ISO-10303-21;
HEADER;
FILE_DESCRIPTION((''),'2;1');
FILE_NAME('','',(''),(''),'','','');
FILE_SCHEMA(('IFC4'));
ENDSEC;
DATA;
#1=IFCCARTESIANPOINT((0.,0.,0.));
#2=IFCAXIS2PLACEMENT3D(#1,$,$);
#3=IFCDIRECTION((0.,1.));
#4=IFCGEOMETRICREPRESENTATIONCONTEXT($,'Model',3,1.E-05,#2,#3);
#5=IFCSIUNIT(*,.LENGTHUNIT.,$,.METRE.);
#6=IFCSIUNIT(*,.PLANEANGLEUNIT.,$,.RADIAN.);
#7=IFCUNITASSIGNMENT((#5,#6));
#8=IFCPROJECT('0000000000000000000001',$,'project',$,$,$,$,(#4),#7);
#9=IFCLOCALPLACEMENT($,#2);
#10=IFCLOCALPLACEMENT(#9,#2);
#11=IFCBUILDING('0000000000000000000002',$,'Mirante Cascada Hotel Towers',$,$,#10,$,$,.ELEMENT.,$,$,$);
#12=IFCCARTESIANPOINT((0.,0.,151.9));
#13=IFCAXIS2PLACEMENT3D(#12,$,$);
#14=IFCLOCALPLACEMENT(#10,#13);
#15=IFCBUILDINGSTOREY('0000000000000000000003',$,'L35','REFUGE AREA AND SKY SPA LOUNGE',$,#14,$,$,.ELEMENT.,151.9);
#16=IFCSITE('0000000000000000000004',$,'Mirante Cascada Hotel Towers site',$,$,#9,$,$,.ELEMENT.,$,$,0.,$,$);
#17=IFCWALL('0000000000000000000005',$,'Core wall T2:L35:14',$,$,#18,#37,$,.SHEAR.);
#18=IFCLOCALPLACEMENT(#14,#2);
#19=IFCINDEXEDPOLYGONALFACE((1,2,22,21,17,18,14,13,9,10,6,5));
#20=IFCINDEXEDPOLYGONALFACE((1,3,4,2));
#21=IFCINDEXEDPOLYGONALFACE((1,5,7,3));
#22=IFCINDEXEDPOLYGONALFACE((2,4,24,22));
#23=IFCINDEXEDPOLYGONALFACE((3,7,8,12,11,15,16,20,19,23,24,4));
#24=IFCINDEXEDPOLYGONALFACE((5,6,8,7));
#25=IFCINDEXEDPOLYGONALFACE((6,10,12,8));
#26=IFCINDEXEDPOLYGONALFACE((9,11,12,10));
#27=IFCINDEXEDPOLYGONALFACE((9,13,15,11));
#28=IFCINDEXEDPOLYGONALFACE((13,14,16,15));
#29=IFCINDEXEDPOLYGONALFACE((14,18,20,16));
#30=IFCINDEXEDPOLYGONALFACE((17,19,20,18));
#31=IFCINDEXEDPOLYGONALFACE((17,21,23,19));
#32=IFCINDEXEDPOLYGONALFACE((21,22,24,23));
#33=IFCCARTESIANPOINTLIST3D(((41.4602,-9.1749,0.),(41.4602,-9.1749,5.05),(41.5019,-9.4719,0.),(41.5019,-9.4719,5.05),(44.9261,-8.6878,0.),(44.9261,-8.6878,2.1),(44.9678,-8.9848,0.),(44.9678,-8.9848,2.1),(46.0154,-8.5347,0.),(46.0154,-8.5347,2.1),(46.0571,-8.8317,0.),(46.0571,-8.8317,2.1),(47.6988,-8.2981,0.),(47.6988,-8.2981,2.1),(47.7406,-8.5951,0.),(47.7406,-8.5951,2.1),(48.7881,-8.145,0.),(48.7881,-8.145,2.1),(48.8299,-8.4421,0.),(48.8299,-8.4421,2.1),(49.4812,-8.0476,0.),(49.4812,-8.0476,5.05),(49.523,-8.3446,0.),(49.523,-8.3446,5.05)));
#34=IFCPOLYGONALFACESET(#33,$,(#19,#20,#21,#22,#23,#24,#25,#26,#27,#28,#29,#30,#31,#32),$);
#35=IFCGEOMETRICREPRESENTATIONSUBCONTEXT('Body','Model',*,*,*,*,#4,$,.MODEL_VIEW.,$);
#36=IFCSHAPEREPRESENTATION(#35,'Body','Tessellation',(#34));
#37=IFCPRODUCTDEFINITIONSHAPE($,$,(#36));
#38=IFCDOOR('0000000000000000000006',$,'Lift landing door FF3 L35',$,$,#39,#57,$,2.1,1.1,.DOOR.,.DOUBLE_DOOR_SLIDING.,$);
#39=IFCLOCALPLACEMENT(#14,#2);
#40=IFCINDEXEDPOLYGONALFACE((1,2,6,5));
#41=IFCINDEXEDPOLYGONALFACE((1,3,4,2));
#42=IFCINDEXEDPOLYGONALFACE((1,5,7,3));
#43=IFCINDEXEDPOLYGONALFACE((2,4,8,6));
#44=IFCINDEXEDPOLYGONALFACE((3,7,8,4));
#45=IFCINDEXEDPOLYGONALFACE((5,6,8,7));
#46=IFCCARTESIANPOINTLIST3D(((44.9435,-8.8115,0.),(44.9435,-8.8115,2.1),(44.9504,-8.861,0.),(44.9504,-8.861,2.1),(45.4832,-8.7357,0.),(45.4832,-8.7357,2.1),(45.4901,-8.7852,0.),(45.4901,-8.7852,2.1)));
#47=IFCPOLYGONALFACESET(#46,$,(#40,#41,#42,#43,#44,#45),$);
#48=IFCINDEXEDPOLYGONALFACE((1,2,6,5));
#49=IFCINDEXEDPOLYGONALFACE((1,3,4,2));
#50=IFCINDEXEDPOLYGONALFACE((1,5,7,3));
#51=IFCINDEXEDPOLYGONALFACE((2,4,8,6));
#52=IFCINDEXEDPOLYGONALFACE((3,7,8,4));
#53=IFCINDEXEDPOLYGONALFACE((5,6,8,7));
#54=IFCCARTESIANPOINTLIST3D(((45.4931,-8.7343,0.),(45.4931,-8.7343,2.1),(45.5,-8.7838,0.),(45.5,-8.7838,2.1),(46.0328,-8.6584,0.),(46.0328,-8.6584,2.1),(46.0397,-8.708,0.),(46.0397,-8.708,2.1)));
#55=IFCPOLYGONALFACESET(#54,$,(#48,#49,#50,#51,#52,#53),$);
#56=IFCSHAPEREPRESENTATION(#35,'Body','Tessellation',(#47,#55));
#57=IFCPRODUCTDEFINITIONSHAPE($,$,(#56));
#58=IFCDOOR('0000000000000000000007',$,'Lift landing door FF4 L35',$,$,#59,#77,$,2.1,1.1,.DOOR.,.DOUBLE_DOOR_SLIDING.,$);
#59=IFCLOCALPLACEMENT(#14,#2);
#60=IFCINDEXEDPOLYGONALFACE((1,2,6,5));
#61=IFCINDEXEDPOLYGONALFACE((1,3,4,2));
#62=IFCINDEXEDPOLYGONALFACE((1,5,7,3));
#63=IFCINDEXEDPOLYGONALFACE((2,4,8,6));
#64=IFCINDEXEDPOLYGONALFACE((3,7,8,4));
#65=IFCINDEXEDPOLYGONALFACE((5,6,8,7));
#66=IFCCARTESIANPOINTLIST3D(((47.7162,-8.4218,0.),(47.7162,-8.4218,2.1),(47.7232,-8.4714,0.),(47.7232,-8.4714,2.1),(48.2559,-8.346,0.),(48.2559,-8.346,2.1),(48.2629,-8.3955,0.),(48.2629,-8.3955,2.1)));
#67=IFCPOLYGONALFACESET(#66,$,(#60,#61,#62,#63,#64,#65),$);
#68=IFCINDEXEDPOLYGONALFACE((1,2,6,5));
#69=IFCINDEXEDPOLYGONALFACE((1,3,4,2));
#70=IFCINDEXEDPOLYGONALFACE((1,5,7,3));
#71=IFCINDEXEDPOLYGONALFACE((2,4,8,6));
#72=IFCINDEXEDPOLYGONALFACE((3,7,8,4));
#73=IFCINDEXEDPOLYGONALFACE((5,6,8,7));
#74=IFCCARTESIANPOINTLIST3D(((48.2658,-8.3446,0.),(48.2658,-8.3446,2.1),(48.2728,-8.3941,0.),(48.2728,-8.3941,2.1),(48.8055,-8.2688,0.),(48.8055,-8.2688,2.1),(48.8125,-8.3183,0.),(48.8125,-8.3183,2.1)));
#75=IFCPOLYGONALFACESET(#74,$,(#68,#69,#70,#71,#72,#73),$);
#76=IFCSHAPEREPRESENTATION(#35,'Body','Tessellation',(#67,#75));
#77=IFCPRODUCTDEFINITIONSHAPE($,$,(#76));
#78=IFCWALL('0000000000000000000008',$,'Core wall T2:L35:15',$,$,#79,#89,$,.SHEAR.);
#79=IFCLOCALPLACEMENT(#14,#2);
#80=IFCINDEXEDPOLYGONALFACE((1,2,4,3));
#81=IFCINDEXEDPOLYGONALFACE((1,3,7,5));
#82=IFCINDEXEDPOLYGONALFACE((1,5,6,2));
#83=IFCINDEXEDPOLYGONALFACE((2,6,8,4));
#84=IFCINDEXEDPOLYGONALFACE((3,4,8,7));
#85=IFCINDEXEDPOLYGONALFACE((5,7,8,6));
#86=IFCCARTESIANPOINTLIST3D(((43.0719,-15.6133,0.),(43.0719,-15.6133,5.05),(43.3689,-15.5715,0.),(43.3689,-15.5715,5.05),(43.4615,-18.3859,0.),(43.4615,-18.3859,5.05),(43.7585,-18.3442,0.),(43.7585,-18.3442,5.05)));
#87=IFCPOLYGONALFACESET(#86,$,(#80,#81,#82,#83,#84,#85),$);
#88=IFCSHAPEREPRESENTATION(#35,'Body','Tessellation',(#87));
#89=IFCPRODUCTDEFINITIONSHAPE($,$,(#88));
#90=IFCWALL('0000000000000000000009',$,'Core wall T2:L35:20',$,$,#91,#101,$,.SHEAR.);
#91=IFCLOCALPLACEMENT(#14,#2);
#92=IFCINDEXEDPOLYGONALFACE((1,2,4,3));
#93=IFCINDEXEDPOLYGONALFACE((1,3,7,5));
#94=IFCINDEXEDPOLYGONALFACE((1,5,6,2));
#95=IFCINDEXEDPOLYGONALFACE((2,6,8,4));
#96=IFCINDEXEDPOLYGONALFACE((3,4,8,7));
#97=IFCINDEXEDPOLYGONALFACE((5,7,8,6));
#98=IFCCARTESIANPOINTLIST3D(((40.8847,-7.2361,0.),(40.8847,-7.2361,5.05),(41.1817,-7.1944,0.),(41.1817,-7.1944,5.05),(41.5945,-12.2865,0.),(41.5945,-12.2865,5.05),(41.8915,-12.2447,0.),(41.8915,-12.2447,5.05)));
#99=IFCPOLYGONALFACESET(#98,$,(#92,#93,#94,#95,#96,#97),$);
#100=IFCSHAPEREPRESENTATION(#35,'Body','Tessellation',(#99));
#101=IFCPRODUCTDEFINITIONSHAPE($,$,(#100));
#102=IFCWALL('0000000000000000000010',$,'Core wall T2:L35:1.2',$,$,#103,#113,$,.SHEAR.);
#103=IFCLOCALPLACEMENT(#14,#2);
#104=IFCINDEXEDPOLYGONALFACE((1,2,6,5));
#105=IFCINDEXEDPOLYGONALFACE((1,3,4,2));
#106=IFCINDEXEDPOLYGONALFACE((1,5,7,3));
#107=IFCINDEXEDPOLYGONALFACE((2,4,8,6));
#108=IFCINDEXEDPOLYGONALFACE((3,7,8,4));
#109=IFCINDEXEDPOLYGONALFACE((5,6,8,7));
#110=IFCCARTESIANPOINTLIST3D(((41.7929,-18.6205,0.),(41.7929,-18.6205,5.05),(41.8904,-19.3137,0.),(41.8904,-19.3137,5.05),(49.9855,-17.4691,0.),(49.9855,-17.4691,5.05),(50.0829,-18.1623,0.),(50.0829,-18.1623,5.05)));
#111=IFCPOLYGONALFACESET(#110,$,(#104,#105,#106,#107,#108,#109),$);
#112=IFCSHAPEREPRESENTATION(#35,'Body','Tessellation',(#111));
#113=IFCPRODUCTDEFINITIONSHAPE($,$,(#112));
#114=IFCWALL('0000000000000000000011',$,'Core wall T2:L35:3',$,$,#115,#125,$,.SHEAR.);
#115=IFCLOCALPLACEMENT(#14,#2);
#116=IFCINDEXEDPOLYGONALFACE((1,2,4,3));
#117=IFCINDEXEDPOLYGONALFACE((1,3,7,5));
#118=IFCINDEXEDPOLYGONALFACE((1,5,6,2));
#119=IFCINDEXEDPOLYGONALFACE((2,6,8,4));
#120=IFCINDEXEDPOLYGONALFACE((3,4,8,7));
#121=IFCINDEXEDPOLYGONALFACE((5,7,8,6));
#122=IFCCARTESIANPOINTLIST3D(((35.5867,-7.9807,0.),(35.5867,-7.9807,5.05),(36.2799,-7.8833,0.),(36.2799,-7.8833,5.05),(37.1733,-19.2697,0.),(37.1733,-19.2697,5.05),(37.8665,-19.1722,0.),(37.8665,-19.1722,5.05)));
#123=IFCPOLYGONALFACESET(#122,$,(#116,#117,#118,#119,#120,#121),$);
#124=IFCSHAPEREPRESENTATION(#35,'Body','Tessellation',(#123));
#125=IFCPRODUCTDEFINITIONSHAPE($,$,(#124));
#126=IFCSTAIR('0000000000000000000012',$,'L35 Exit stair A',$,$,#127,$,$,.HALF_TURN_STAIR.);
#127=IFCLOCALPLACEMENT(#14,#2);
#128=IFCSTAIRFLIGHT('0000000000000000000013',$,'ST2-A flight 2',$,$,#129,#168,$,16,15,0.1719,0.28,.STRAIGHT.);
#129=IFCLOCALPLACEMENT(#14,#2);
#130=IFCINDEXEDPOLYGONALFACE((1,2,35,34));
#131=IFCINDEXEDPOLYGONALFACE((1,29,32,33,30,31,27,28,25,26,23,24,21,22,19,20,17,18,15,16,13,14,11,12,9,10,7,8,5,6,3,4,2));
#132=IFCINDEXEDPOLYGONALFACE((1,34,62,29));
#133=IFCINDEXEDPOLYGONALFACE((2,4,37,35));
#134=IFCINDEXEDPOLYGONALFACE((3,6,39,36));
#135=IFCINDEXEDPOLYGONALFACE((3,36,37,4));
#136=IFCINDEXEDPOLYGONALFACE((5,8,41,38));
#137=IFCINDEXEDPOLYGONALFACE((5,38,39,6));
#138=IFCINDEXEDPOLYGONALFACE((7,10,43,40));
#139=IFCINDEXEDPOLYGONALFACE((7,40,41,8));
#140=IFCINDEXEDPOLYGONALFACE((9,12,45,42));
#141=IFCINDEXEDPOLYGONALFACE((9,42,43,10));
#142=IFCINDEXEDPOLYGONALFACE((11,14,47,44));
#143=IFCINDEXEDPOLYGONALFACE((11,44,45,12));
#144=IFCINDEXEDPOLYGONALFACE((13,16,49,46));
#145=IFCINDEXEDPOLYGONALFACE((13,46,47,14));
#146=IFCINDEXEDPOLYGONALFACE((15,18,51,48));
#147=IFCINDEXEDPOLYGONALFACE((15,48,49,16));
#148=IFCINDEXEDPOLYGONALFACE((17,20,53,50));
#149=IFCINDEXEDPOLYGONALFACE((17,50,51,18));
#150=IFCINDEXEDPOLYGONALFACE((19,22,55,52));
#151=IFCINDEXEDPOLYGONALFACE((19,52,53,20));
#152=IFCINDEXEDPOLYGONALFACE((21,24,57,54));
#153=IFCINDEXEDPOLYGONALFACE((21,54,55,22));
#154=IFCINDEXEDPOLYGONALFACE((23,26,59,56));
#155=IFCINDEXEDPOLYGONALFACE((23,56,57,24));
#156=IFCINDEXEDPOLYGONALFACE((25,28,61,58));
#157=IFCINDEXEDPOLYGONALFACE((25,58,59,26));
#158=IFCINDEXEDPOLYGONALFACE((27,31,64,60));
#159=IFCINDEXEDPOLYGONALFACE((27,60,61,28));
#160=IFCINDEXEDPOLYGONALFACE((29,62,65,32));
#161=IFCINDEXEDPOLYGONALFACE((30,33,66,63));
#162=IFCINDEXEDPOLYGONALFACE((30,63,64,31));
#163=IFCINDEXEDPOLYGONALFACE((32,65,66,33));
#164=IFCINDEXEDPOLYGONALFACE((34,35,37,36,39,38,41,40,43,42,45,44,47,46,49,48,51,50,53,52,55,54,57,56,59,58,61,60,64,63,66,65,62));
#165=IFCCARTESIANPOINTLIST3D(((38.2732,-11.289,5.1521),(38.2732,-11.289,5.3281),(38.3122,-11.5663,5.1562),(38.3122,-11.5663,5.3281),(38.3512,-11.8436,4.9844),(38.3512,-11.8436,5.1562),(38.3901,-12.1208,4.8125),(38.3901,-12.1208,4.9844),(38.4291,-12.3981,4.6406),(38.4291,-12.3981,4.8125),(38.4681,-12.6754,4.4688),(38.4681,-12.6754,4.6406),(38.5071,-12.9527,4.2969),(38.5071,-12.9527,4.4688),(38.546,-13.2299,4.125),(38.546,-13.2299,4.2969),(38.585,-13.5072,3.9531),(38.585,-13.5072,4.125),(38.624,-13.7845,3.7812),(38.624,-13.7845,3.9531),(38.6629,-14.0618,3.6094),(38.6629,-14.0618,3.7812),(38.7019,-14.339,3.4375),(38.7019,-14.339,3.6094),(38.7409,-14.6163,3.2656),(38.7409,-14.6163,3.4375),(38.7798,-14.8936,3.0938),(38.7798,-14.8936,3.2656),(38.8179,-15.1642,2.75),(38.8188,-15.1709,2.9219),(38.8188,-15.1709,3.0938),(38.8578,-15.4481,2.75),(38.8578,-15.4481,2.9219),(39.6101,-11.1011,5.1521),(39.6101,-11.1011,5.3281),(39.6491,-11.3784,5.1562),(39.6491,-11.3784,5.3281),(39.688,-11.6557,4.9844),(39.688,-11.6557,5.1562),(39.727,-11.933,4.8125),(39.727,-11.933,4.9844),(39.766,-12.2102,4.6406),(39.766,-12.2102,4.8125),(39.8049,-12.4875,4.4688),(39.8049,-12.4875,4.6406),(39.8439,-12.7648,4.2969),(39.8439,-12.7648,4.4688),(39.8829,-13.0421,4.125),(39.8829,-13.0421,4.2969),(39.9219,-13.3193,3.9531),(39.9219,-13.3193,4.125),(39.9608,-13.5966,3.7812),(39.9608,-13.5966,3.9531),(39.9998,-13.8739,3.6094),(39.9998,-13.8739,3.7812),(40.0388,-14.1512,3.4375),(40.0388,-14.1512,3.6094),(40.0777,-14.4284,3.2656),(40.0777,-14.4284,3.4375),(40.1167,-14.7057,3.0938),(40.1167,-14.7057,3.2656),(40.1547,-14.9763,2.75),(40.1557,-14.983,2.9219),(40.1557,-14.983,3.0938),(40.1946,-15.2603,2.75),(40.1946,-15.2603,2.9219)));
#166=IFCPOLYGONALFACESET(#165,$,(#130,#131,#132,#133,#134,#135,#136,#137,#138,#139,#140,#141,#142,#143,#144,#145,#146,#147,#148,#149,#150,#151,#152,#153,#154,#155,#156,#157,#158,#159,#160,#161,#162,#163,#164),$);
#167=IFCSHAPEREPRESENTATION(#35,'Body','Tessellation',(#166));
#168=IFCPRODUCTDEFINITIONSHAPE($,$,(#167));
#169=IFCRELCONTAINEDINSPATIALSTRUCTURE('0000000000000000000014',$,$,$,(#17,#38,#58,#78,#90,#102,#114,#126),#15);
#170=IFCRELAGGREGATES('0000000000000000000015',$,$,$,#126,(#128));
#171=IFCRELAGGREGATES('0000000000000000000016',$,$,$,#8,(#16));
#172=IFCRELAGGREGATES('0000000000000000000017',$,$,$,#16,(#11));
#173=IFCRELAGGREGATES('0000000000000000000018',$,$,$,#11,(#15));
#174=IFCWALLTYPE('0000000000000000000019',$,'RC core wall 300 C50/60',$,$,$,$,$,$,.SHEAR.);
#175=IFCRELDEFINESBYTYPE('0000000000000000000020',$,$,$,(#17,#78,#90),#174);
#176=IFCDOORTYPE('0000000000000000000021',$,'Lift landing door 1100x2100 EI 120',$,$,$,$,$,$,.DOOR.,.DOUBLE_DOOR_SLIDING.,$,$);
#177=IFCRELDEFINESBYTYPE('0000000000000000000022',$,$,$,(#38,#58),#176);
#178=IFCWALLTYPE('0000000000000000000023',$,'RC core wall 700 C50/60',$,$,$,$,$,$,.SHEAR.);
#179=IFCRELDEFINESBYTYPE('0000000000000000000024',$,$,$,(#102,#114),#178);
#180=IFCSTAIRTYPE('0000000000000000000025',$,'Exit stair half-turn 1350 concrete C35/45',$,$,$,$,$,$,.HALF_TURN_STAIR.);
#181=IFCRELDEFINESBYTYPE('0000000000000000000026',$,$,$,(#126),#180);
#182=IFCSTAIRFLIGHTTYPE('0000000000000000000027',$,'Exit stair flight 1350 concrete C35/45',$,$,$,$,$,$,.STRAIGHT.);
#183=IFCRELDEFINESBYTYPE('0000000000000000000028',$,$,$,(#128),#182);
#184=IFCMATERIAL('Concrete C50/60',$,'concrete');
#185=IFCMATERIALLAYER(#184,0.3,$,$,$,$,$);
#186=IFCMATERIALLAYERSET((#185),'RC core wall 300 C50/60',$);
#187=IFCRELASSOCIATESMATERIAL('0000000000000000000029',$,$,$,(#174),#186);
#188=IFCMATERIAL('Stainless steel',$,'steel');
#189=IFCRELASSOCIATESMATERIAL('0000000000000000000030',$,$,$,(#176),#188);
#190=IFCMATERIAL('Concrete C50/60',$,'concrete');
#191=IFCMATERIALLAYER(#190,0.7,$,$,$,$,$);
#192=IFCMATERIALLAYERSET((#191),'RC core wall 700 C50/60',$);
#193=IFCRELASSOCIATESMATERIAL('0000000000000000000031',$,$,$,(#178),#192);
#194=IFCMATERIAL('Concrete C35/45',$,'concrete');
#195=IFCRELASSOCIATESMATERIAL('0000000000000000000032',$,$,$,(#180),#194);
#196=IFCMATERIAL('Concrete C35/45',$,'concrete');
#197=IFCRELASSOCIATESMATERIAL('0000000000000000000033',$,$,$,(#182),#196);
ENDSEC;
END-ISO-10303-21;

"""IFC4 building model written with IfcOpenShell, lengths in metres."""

from ifc_helpers import new_model, si_unit, direction, frame, frame_2d, origin, place, context, subcontext, project, spatial, polyline, rectangle, outline, extrude, material, layer, layer_set, type_object, element, fill, aggregate, save


model = new_model("IFC4")

# Units and contexts
model_context = context("Model", 3, precision=1e-05, world=origin(), true_north=direction((0.0, 1.0)))
body_context = subcontext(model_context, "Body", "Model", "MODEL_VIEW")
ifc_project = project(units=[si_unit("LENGTHUNIT", "METRE"), si_unit("PLANEANGLEUNIT", "RADIAN")], contexts=[model_context])

# Site, building, storey
site_placement = place(None, origin())
site = spatial("IfcSite", under=ifc_project, at=site_placement, Name="Mirante Cascada Hotel Towers site", CompositionType="ELEMENT", RefElevation=0.0)
building_placement = place(site_placement, origin())
building = spatial("IfcBuilding", under=site, at=building_placement, Name="Mirante Cascada Hotel Towers", CompositionType="ELEMENT")
storey_placement = place(building_placement, frame((0.0, 0.0, 151.9)))
storey = spatial("IfcBuildingStorey", under=building, at=storey_placement, Name="L35", Description="REFUGE AREA AND SKY SPA LOUNGE", CompositionType="ELEMENT", Elevation=151.9)

# Shared definitions
ifc_material_1 = material(Name="Concrete C50/60", Category="concrete")
ifc_layer_1 = layer(ifc_material_1, 0.3)
ifc_layer_set_1 = layer_set([ifc_layer_1], Name="RC core wall 300 C50/60")
wall_type_1 = type_object("IfcWallType", Name="RC core wall 300 C50/60", PredefinedType="SHEAR", material=ifc_layer_set_1)

# Shared definitions
ifc_material_2 = material(Name="Stainless steel", Category="steel")
door_type_1 = type_object("IfcDoorType", Name="Lift landing door 1100x2100 EI 120", OperationType="DOUBLE_DOOR_SLIDING", PredefinedType="DOOR", material=ifc_material_2)

# Wall, openings, doors
wall_1_placement = place(storey_placement, frame((41.481, -9.3234, 0.0), z_axis=(0.0, 0.0, 1.0), x_axis=(0.990268, 0.139174, 0.0)))
wall_1 = element("IfcWall", 1, at=wall_1_placement, inside=storey, type_object=wall_type_1, Name="Core wall T2:L35:14", PredefinedType="SHEAR", context=body_context, shape_type="SweptSolid", body=[
    extrude(rectangle(XDim=8.0999, YDim=0.3, at=frame_2d((4.05, 0.0))), origin(), (0.0, 0.0, 1.0), 5.05),
])
opening_1_placement = place(wall_1_placement, frame((3.5, 0.0, 0.0)))
opening_1 = element("IfcOpeningElement", 2, at=opening_1_placement, cuts=wall_1, PredefinedType="OPENING", context=body_context, shape_type="SweptSolid", body=[
    extrude(rectangle(XDim=1.1, YDim=2.1, at=frame_2d((0.55, 1.05))), frame((0.0, 0.15, 0.0), z_axis=(0.0, -1.0, 0.0), x_axis=(1.0, 0.0, 0.0)), (0.0, 0.0, 1.0), 0.3),
])
opening_2_placement = place(wall_1_placement, frame((6.3, 0.0, 0.0)))
opening_2 = element("IfcOpeningElement", 3, at=opening_2_placement, cuts=wall_1, PredefinedType="OPENING", context=body_context, shape_type="SweptSolid", body=[
    extrude(rectangle(XDim=1.1, YDim=2.1, at=frame_2d((0.55, 1.05))), frame((0.0, 0.15, 0.0), z_axis=(0.0, -1.0, 0.0), x_axis=(1.0, 0.0, 0.0)), (0.0, 0.0, 1.0), 0.3),
])
door_1_placement = place(opening_1_placement, origin())
door_1 = element("IfcDoor", 4, at=door_1_placement, inside=storey, type_object=door_type_1, Name="Lift landing door FF3 L35", OperationType="DOUBLE_DOOR_SLIDING", OverallHeight=2.1, OverallWidth=1.1, PredefinedType="DOOR", context=body_context, shape_type="SweptSolid", body=[
    extrude(rectangle(XDim=0.545, YDim=2.1, at=frame_2d((0.2725, 1.05))), frame((0.0, 0.025, 0.0), z_axis=(0.0, -1.0, 0.0), x_axis=(1.0, 0.0, 0.0)), (0.0, 0.0, 1.0), 0.05),
    extrude(rectangle(XDim=0.545, YDim=2.1, at=frame_2d((0.8275, 1.05))), frame((0.0, 0.025, 0.0), z_axis=(0.0, -1.0, 0.0), x_axis=(1.0, 0.0, 0.0)), (0.0, 0.0, 1.0), 0.05),
])
fill(opening_1, door_1)
door_2_placement = place(opening_2_placement, origin())
door_2 = element("IfcDoor", 5, at=door_2_placement, inside=storey, type_object=door_type_1, Name="Lift landing door FF4 L35", OperationType="DOUBLE_DOOR_SLIDING", OverallHeight=2.1, OverallWidth=1.1, PredefinedType="DOOR", context=body_context, shape_type="SweptSolid", body=[
    extrude(rectangle(XDim=0.545, YDim=2.1, at=frame_2d((0.2725, 1.05))), frame((0.0, 0.025, 0.0), z_axis=(0.0, -1.0, 0.0), x_axis=(1.0, 0.0, 0.0)), (0.0, 0.0, 1.0), 0.05),
    extrude(rectangle(XDim=0.545, YDim=2.1, at=frame_2d((0.8275, 1.05))), frame((0.0, 0.025, 0.0), z_axis=(0.0, -1.0, 0.0), x_axis=(1.0, 0.0, 0.0)), (0.0, 0.0, 1.0), 0.05),
])
fill(opening_2, door_2)

# Walls
wall_2_placement = place(storey_placement, frame((43.61, -18.3651, 0.0), z_axis=(0.0, 0.0, 1.0), x_axis=(-0.139146, 0.990272, 0.0)))
element("IfcWall", 6, at=wall_2_placement, inside=storey, type_object=wall_type_1, Name="Core wall T2:L35:15", PredefinedType="SHEAR", context=body_context, shape_type="SweptSolid", body=[
    extrude(rectangle(XDim=2.7999, YDim=0.3, at=frame_2d((1.4, 0.0))), origin(), (0.0, 0.0, 1.0), 5.05),
])
wall_3_placement = place(storey_placement, frame((41.743, -12.2656, 0.0), z_axis=(0.0, 0.0, 1.0), x_axis=(-0.139176, 0.990268, 0.0)))
element("IfcWall", 7, at=wall_3_placement, inside=storey, type_object=wall_type_1, Name="Core wall T2:L35:20", PredefinedType="SHEAR", context=body_context, shape_type="SweptSolid", body=[
    extrude(rectangle(XDim=5.1, YDim=0.3, at=frame_2d((2.55, 0.0))), origin(), (0.0, 0.0, 1.0), 5.05),
])
ifc_material_3 = material(Name="Concrete C50/60", Category="concrete")
ifc_layer_2 = layer(ifc_material_3, 0.7)
ifc_layer_set_2 = layer_set([ifc_layer_2], Name="RC core wall 700 C50/60")
wall_type_2 = type_object("IfcWallType", Name="RC core wall 700 C50/60", PredefinedType="SHEAR", material=ifc_layer_set_2)
wall_4_placement = place(storey_placement, frame((41.8416, -18.9671, 0.0), z_axis=(0.0, 0.0, 1.0), x_axis=(0.990268, 0.139174, 0.0)))
element("IfcWall", 8, at=wall_4_placement, inside=storey, type_object=wall_type_2, Name="Core wall T2:L35:1.2", PredefinedType="SHEAR", context=body_context, shape_type="SweptSolid", body=[
    extrude(rectangle(XDim=8.2731, YDim=0.7, at=frame_2d((4.1366, 0.0))), origin(), (0.0, 0.0, 1.0), 5.05),
])
wall_5_placement = place(storey_placement, frame((37.5199, -19.221, 0.0), z_axis=(0.0, 0.0, 1.0), x_axis=(-0.139176, 0.990268, 0.0)))
element("IfcWall", 9, at=wall_5_placement, inside=storey, type_object=wall_type_2, Name="Core wall T2:L35:3", PredefinedType="SHEAR", context=body_context, shape_type="SweptSolid", body=[
    extrude(rectangle(XDim=11.3999, YDim=0.7, at=frame_2d((5.7, 0.0))), origin(), (0.0, 0.0, 1.0), 5.05),
])

# Stair, stair flight
ifc_material_4 = material(Name="Concrete C35/45", Category="concrete")
stair_type = type_object("IfcStairType", Name="Exit stair half-turn 1350 concrete C35/45", PredefinedType="HALF_TURN_STAIR", material=ifc_material_4)
stair_placement = place(storey_placement, origin())
stair = element("IfcStair", 10, at=stair_placement, inside=storey, type_object=stair_type, Name="L35 Exit stair A", PredefinedType="HALF_TURN_STAIR")
ifc_material_5 = material(Name="Concrete C35/45", Category="concrete")
stair_flight_type = type_object("IfcStairFlightType", Name="Exit stair flight 1350 concrete C35/45", PredefinedType="STRAIGHT", material=ifc_material_5)
stair_flight_placement = place(storey_placement, frame((39.5262, -15.3542, 2.75), z_axis=(0.0, 0.0, 1.0), x_axis=(-0.139173, 0.990268, 0.0)))
stair_flight = element("IfcStairFlight", 11, at=stair_flight_placement, type_object=stair_flight_type, Name="ST2-A flight 2", NumberOfRisers=16, NumberOfTreads=15, PredefinedType="STRAIGHT", RiserHeight=0.1719, TreadLength=0.28, context=body_context, shape_type="SweptSolid", body=[
    extrude(outline(polyline([(0.0, 0.0), (0.0, 0.1719), (0.28, 0.1719), (0.28, 0.3438), (0.56, 0.3438), (0.56, 0.5156), (0.84, 0.5156), (0.84, 0.6875), (1.12, 0.6875), (1.12, 0.8594), (1.4, 0.8594), (1.4, 1.0312), (1.68, 1.0312), (1.68, 1.2031), (1.96, 1.2031), (1.96, 1.375), (2.24, 1.375), (2.24, 1.5469), (2.52, 1.5469), (2.52, 1.7188), (2.8, 1.7188), (2.8, 1.8906), (3.08, 1.8906), (3.08, 2.0625), (3.36, 2.0625), (3.36, 2.2344), (3.64, 2.2344), (3.64, 2.4062), (3.92, 2.4062), (3.92, 2.5781), (4.2, 2.5781), (4.2, 2.75), (4.2, 2.4021), (0.2867, 0.0), (0.0, 0.0)])), frame((0.0, 0.675, 0.0), z_axis=(0.0, -1.0, 0.0), x_axis=(1.0, 0.0, 0.0)), (0.0, 0.0, 1.0), 1.35),
])
aggregate(stair, [stair_flight])

save(model, "model.ifc")
